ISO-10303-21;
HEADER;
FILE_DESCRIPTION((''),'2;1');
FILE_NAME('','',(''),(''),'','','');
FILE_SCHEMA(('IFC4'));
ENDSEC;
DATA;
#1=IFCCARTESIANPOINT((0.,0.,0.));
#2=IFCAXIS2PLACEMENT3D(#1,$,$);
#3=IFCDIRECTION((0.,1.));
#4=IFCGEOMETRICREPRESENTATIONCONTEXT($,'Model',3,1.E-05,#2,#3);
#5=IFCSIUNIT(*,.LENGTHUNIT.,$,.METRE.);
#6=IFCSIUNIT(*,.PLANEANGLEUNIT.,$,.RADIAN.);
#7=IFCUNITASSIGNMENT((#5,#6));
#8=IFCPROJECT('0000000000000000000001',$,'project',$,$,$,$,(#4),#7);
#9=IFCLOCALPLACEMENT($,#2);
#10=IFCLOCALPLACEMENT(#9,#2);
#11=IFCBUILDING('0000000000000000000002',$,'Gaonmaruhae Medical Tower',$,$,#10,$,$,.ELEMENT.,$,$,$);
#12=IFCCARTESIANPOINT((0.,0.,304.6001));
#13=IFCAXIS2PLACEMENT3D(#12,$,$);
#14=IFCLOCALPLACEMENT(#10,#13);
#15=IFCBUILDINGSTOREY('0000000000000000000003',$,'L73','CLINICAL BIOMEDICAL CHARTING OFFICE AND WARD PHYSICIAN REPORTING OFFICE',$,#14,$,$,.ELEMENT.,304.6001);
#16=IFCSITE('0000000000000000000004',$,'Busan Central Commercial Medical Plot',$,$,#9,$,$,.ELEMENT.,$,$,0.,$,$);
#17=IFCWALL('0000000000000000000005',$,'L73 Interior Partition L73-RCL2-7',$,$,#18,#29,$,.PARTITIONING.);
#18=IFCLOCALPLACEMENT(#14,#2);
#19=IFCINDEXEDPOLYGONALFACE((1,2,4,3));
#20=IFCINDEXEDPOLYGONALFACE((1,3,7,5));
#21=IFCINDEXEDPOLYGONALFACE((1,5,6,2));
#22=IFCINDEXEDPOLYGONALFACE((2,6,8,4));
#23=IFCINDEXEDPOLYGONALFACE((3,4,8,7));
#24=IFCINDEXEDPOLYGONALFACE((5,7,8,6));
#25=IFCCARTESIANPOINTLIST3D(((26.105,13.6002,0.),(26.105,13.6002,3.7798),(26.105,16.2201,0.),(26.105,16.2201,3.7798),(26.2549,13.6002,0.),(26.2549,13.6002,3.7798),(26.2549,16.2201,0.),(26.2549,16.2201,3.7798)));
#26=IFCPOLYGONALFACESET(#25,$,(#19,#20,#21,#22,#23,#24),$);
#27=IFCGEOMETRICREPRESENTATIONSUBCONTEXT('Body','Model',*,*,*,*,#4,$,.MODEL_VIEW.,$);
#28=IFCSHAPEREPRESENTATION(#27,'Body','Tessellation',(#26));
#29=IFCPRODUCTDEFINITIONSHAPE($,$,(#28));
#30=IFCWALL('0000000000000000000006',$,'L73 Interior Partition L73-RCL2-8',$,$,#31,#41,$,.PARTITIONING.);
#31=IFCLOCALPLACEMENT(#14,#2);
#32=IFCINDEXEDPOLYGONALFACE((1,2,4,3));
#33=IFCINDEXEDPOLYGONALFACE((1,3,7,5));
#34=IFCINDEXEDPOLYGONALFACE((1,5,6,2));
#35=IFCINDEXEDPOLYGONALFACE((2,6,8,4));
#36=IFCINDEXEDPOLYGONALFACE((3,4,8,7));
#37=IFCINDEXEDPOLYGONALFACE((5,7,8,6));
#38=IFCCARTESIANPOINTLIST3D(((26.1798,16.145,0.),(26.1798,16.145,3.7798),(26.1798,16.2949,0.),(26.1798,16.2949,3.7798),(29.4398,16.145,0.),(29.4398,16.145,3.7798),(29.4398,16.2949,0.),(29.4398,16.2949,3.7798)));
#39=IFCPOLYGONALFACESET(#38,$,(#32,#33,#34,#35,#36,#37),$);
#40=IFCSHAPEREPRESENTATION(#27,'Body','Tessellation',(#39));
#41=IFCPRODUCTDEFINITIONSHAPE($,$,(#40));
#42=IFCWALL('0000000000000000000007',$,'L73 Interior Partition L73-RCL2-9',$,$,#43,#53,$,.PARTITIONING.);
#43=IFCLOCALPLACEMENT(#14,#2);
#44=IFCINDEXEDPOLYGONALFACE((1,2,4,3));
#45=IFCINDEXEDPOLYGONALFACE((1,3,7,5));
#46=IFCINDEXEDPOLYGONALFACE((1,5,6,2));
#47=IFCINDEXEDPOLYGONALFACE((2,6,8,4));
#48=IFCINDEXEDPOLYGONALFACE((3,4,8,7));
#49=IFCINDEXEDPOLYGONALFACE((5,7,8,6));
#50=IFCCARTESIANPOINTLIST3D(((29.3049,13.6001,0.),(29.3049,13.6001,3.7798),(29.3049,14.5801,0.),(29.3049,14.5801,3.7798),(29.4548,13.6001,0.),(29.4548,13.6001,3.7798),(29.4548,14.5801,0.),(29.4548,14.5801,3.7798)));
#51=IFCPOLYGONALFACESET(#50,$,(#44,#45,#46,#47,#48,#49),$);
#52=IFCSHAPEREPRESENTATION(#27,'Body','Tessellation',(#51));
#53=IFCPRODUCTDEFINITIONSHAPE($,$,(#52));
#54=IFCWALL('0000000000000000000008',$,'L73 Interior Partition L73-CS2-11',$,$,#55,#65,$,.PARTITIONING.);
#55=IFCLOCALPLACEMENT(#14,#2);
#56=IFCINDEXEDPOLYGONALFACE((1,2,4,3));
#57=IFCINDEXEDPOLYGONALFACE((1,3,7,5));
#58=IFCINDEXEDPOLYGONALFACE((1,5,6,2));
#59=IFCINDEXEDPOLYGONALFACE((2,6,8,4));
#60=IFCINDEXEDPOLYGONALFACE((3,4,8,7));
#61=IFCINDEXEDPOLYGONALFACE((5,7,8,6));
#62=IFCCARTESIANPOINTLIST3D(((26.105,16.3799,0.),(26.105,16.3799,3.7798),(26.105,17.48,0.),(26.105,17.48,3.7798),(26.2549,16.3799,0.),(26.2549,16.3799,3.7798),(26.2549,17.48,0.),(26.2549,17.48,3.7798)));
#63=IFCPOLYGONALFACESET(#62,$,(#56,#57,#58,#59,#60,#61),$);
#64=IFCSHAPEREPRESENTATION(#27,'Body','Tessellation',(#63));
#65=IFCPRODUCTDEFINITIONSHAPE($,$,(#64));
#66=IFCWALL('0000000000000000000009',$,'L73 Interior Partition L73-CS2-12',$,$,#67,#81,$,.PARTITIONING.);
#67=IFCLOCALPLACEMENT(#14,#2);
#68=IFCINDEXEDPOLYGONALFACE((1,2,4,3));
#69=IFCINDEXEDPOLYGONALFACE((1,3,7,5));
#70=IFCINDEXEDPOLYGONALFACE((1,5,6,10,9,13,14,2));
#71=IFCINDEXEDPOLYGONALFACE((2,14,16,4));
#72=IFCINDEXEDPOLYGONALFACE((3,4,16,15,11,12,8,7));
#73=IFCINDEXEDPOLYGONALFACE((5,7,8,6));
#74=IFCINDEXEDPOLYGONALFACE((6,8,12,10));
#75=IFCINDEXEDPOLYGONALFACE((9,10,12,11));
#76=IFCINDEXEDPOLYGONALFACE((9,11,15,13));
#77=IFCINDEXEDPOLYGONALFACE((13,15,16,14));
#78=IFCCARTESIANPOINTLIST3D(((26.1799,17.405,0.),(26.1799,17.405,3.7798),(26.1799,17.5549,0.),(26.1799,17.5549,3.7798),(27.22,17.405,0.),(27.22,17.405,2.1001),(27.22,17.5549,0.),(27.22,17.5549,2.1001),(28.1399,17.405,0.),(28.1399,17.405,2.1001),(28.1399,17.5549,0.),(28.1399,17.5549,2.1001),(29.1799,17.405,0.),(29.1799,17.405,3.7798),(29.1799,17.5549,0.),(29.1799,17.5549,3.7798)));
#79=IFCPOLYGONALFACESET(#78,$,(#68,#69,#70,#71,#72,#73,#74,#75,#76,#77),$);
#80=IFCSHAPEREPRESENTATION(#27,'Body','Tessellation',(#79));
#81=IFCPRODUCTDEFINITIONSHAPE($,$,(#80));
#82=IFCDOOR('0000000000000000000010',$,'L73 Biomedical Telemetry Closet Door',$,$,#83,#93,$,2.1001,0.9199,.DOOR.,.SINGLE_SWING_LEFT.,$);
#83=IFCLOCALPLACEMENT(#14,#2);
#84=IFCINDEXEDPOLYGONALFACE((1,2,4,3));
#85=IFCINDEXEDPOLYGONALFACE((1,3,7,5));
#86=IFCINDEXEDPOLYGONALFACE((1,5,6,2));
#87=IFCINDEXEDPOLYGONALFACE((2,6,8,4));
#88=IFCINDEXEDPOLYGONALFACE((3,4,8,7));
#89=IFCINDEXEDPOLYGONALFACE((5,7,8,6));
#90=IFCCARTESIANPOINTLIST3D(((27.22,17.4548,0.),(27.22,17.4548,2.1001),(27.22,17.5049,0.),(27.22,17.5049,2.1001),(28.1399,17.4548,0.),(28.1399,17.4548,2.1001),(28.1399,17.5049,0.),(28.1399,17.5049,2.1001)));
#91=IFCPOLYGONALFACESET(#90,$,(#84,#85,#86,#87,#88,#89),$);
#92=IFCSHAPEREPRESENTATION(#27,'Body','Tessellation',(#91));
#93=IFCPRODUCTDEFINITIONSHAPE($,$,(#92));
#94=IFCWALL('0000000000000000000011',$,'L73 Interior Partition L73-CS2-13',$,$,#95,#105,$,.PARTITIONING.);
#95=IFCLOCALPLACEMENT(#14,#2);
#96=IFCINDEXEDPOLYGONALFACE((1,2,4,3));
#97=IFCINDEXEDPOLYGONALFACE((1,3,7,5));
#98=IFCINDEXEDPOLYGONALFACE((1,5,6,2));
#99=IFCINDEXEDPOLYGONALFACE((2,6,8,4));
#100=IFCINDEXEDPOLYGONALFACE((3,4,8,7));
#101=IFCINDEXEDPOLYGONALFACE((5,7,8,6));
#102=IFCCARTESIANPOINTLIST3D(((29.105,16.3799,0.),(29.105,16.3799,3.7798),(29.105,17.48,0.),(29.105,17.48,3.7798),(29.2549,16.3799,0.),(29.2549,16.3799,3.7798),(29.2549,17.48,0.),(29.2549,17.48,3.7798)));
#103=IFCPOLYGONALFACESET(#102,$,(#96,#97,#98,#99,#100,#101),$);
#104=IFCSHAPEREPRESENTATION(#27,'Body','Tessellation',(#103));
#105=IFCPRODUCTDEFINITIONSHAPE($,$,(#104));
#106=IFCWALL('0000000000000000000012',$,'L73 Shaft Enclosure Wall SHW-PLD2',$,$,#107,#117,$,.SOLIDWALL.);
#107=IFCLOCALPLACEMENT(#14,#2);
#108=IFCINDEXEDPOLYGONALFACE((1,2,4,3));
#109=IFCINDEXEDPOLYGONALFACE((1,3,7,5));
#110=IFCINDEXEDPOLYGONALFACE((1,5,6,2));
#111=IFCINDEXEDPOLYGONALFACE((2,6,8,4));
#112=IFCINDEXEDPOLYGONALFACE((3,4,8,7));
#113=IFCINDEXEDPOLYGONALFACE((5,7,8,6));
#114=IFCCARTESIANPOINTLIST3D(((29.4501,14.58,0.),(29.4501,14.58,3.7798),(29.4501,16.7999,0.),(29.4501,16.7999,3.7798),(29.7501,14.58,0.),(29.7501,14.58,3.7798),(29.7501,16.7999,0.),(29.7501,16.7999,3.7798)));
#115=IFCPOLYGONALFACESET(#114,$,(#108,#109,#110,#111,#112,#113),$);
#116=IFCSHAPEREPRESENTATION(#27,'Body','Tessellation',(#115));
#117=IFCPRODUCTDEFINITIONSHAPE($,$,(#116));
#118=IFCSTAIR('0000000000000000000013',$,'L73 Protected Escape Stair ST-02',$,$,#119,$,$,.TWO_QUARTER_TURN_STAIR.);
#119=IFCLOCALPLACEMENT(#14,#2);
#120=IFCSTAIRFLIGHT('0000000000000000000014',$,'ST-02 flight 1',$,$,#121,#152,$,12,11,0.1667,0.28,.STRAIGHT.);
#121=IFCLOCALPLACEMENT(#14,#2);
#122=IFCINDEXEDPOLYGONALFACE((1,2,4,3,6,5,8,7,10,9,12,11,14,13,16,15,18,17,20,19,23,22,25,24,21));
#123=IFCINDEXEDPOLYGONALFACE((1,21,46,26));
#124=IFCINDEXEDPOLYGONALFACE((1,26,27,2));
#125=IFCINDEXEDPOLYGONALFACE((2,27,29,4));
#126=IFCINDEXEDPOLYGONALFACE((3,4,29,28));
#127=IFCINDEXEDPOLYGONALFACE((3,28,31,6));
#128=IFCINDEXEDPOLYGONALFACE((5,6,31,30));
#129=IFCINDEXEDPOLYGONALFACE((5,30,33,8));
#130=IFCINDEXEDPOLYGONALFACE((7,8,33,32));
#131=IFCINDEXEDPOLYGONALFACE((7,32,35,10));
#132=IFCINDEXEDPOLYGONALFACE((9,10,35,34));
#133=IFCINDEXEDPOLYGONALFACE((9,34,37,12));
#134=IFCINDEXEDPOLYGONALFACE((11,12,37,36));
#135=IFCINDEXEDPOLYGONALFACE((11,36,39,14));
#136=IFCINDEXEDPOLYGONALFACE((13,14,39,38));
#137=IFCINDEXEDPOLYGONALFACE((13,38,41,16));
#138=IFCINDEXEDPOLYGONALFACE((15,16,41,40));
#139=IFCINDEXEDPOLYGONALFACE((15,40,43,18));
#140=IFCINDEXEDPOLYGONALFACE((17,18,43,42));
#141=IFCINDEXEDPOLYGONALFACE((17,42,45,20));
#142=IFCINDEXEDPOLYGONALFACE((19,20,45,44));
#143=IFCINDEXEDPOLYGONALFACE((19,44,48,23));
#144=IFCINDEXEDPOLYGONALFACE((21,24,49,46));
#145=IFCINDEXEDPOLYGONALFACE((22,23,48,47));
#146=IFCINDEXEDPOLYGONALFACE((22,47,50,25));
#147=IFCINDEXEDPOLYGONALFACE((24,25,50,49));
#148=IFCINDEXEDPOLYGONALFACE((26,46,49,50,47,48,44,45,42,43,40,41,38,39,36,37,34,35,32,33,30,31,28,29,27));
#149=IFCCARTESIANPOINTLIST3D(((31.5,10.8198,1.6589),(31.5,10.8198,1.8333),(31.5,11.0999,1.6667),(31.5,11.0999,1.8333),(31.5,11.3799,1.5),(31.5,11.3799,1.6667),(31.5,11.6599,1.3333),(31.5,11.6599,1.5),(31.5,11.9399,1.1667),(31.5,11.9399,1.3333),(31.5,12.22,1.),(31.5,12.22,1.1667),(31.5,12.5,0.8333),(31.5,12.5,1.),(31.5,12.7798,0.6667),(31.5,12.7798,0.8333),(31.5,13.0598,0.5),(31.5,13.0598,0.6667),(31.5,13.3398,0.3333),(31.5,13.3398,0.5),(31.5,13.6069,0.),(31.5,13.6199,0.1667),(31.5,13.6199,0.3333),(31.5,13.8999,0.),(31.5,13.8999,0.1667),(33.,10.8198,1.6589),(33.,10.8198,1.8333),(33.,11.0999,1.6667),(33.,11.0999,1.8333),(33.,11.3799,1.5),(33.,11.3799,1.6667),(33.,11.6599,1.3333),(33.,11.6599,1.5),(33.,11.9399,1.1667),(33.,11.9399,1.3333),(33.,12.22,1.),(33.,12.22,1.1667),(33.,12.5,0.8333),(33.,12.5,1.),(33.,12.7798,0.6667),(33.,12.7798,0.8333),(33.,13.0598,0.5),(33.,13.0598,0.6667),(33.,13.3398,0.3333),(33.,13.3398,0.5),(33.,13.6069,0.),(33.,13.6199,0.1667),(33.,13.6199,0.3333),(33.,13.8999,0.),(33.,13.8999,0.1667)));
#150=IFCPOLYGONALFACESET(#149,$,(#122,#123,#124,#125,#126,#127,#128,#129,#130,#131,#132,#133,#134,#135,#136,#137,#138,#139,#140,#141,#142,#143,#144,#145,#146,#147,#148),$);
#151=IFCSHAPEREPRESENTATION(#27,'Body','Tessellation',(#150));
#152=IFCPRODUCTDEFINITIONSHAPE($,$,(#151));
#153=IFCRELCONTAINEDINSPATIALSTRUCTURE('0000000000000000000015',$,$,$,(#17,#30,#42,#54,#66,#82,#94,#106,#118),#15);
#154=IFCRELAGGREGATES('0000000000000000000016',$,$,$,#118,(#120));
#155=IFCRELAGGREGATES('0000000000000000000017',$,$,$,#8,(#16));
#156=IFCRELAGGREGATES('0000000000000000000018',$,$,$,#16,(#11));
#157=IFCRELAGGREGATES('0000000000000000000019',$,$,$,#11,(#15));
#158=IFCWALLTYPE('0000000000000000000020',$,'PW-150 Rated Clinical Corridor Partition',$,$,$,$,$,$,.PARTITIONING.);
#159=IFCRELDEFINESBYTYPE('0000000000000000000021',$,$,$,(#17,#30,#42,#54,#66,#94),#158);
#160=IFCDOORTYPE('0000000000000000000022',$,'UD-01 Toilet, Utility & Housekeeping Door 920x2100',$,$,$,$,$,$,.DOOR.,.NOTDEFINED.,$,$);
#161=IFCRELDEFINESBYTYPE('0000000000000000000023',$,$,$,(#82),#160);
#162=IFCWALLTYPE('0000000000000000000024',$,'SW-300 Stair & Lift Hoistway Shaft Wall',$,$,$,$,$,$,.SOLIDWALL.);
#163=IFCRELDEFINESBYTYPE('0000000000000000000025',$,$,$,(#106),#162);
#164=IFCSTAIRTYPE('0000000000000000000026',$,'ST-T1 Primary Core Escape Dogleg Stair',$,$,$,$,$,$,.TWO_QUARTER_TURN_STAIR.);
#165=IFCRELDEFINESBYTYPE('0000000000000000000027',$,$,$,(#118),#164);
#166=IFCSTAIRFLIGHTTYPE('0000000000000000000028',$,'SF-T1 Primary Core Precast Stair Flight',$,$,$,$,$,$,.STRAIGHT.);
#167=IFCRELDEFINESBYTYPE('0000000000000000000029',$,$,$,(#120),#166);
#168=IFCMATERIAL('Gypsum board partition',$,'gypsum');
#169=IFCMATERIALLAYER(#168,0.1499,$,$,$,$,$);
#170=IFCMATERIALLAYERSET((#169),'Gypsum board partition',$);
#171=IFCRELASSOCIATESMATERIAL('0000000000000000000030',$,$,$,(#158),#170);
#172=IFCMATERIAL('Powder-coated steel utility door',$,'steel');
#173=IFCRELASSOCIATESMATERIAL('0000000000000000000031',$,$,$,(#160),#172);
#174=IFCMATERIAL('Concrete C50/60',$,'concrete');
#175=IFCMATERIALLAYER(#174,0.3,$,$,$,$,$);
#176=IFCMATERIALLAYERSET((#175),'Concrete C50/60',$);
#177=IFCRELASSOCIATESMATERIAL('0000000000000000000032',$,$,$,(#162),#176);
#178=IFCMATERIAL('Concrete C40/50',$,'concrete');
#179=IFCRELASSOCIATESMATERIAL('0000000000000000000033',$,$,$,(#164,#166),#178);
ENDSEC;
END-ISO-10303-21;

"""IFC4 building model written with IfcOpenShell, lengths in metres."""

from ifc_helpers import new_model, si_unit, direction, frame, frame_2d, origin, place, context, subcontext, project, spatial, polyline, rectangle, outline, extrude, material, layer, layer_set, type_object, element, fill, aggregate, save


model = new_model("IFC4")

# Units and contexts
model_context = context("Model", 3, precision=1e-05, world=origin(), true_north=direction((0.0, 1.0)))
body_context = subcontext(model_context, "Body", "Model", "MODEL_VIEW")
ifc_project = project(units=[si_unit("LENGTHUNIT", "METRE"), si_unit("PLANEANGLEUNIT", "RADIAN")], contexts=[model_context])

# Site, building, storey
site_placement = place(None, origin())
site = spatial("IfcSite", under=ifc_project, at=site_placement, Name="Busan Central Commercial Medical Plot", CompositionType="ELEMENT", RefElevation=0.0)
building_placement = place(site_placement, origin())
building = spatial("IfcBuilding", under=site, at=building_placement, Name="Gaonmaruhae Medical Tower", CompositionType="ELEMENT")
storey_placement = place(building_placement, frame((0.0, 0.0, 304.6001)))
storey = spatial("IfcBuildingStorey", under=building, at=storey_placement, Name="L73", Description="CLINICAL BIOMEDICAL CHARTING OFFICE AND WARD PHYSICIAN REPORTING OFFICE", CompositionType="ELEMENT", Elevation=304.6001)

# Shared definitions
ifc_material_1 = material(Name="Concrete C50/60", Category="concrete")

# Walls
ifc_material_2 = material(Name="Gypsum board partition", Category="gypsum")
ifc_layer_1 = layer(ifc_material_2, 0.1499)
ifc_layer_set_1 = layer_set([ifc_layer_1], Name="Gypsum board partition")
wall_type_1 = type_object("IfcWallType", Name="PW-150 Rated Clinical Corridor Partition", PredefinedType="PARTITIONING", material=ifc_layer_set_1)
wall_1_placement = place(storey_placement, frame((26.1799, 13.6001, 0.0), z_axis=(0.0, 0.0, 1.0), x_axis=(0.0, 1.0, 0.0)))
element("IfcWall", 1, at=wall_1_placement, inside=storey, type_object=wall_type_1, Name="L73 Interior Partition L73-RCL2-7", PredefinedType="PARTITIONING", context=body_context, shape_type="SweptSolid", body=[
    extrude(rectangle(XDim=2.6199, YDim=0.1499, at=frame_2d((1.3101, 0.0))), origin(), (0.0, 0.0, 1.0), 3.7798),
])
wall_2_placement = place(storey_placement, frame((26.1799, 16.22, 0.0), z_axis=(0.0, 0.0, 1.0), x_axis=(1.0, 0.0, 0.0)))
element("IfcWall", 2, at=wall_2_placement, inside=storey, type_object=wall_type_1, Name="L73 Interior Partition L73-RCL2-8", PredefinedType="PARTITIONING", context=body_context, shape_type="SweptSolid", body=[
    extrude(rectangle(XDim=3.26, YDim=0.1499, at=frame_2d((1.6299, 0.0))), origin(), (0.0, 0.0, 1.0), 3.7798),
])
wall_3_placement = place(storey_placement, frame((29.3799, 14.5801, 0.0), z_axis=(0.0, 0.0, 1.0), x_axis=(0.0, -1.0, 0.0)))
element("IfcWall", 3, at=wall_3_placement, inside=storey, type_object=wall_type_1, Name="L73 Interior Partition L73-RCL2-9", PredefinedType="PARTITIONING", context=body_context, shape_type="SweptSolid", body=[
    extrude(rectangle(XDim=0.98, YDim=0.1499, at=frame_2d((0.49, 0.0))), origin(), (0.0, 0.0, 1.0), 3.7798),
])

# Wall
wall_4_placement = place(storey_placement, frame((26.1799, 16.3799, 0.0), z_axis=(0.0, 0.0, 1.0), x_axis=(0.0, 1.0, 0.0)))
element("IfcWall", 4, at=wall_4_placement, inside=storey, type_object=wall_type_1, Name="L73 Interior Partition L73-CS2-11", PredefinedType="PARTITIONING", context=body_context, shape_type="SweptSolid", body=[
    extrude(rectangle(XDim=1.1001, YDim=0.1499, at=frame_2d((0.55, 0.0))), origin(), (0.0, 0.0, 1.0), 3.7798),
])

# Wall, opening, door
wall_5_placement = place(storey_placement, frame((26.1799, 17.48, 0.0), z_axis=(0.0, 0.0, 1.0), x_axis=(1.0, 0.0, 0.0)))
wall_5 = element("IfcWall", 5, at=wall_5_placement, inside=storey, type_object=wall_type_1, Name="L73 Interior Partition L73-CS2-12", PredefinedType="PARTITIONING", context=body_context, shape_type="SweptSolid", body=[
    extrude(rectangle(XDim=3.0, YDim=0.1499, at=frame_2d((1.5, 0.0))), origin(), (0.0, 0.0, 1.0), 3.7798),
])
opening_1_placement = place(wall_5_placement, frame((1.04, 0.0, 0.0)))
opening_1 = element("IfcOpeningElement", 6, at=opening_1_placement, cuts=wall_5, PredefinedType="OPENING", context=body_context, shape_type="SweptSolid", body=[
    extrude(rectangle(XDim=0.9199, YDim=2.1001, at=frame_2d((0.46, 1.05))), frame((0.0, 0.085, 0.0), z_axis=(0.0, -1.0, 0.0), x_axis=(1.0, 0.0, 0.0)), (0.0, 0.0, 1.0), 0.1699),
])
ifc_material_3 = material(Name="Powder-coated steel utility door", Category="steel")
door_type_1 = type_object("IfcDoorType", Name="UD-01 Toilet, Utility & Housekeeping Door 920x2100", OperationType="NOTDEFINED", PredefinedType="DOOR", material=ifc_material_3)
door_1_placement = place(opening_1_placement, origin())
door_1 = element("IfcDoor", 7, at=door_1_placement, inside=storey, type_object=door_type_1, Name="L73 Biomedical Telemetry Closet Door", OperationType="SINGLE_SWING_LEFT", OverallHeight=2.1001, OverallWidth=0.9199, PredefinedType="DOOR", context=body_context, shape_type="SweptSolid", body=[
    extrude(rectangle(XDim=0.9199, YDim=2.1001, at=frame_2d((0.46, 1.05))), frame((0.0, 0.0249, 0.0), z_axis=(0.0, -1.0, 0.0), x_axis=(1.0, 0.0, 0.0)), (0.0, 0.0, 1.0), 0.05),
])
fill(opening_1, door_1)

# Wall
wall_6_placement = place(storey_placement, frame((29.1799, 17.48, 0.0), z_axis=(0.0, 0.0, 1.0), x_axis=(0.0, -1.0, 0.0)))
element("IfcWall", 8, at=wall_6_placement, inside=storey, type_object=wall_type_1, Name="L73 Interior Partition L73-CS2-13", PredefinedType="PARTITIONING", context=body_context, shape_type="SweptSolid", body=[
    extrude(rectangle(XDim=1.1001, YDim=0.1499, at=frame_2d((0.55, 0.0))), origin(), (0.0, 0.0, 1.0), 3.7798),
])

# Shared definitions
ifc_layer_2 = layer(ifc_material_1, 0.3)
ifc_layer_set_2 = layer_set([ifc_layer_2], Name="Concrete C50/60")
wall_type_2 = type_object("IfcWallType", Name="SW-300 Stair & Lift Hoistway Shaft Wall", PredefinedType="SOLIDWALL", material=ifc_layer_set_2)

# Wall
wall_7_placement = place(storey_placement, frame((29.6001, 14.5801, 0.0), z_axis=(0.0, 0.0, 1.0), x_axis=(0.0, 1.0, 0.0)))
element("IfcWall", 9, at=wall_7_placement, inside=storey, type_object=wall_type_2, Name="L73 Shaft Enclosure Wall SHW-PLD2", PredefinedType="SOLIDWALL", context=body_context, shape_type="SweptSolid", body=[
    extrude(rectangle(XDim=2.22, YDim=0.3, at=frame_2d((1.1099, 0.0))), origin(), (0.0, 0.0, 1.0), 3.7798),
])

# Stair, stair flight
ifc_material_4 = material(Name="Concrete C40/50", Category="concrete")
stair_type = type_object("IfcStairType", Name="ST-T1 Primary Core Escape Dogleg Stair", PredefinedType="TWO_QUARTER_TURN_STAIR", material=ifc_material_4)
stair_placement = place(storey_placement, origin())
stair = element("IfcStair", 10, at=stair_placement, inside=storey, type_object=stair_type, Name="L73 Protected Escape Stair ST-02", PredefinedType="TWO_QUARTER_TURN_STAIR")
stair_flight_type = type_object("IfcStairFlightType", Name="SF-T1 Primary Core Precast Stair Flight", PredefinedType="STRAIGHT", material=ifc_material_4)
stair_flight_placement = place(storey_placement, frame((32.25, 13.8999, 0.0), z_axis=(0.0, 0.0, 1.0), x_axis=(0.0, -1.0, 0.0)))
stair_flight = element("IfcStairFlight", 11, at=stair_flight_placement, type_object=stair_flight_type, Name="ST-02 flight 1", NumberOfRisers=12, NumberOfTreads=11, PredefinedType="STRAIGHT", RiserHeight=0.1667, TreadLength=0.28, context=body_context, shape_type="SweptSolid", body=[
    extrude(outline(polyline([(0.0, 0.0), (0.0, 0.1667), (0.28, 0.1667), (0.28, 0.3333), (0.5601, 0.3333), (0.5601, 0.5), (0.8401, 0.5), (0.8401, 0.6667), (1.1201, 0.6667), (1.1201, 0.8333), (1.3999, 0.8333), (1.3999, 1.0), (1.6799, 1.0), (1.6799, 1.1667), (1.96, 1.1667), (1.96, 1.3333), (2.24, 1.3333), (2.24, 1.5), (2.52, 1.5), (2.52, 1.6667), (2.8, 1.6667), (2.8, 1.8333), (3.0801, 1.8333), (3.0801, 2.0), (3.0801, 1.6589), (0.293, 0.0), (0.0, 0.0)])), frame((0.0, 0.75, 0.0), z_axis=(0.0, -1.0, 0.0), x_axis=(1.0, 0.0, 0.0)), (0.0, 0.0, 1.0), 1.5),
])
aggregate(stair, [stair_flight])

save(model, "model.ifc")
